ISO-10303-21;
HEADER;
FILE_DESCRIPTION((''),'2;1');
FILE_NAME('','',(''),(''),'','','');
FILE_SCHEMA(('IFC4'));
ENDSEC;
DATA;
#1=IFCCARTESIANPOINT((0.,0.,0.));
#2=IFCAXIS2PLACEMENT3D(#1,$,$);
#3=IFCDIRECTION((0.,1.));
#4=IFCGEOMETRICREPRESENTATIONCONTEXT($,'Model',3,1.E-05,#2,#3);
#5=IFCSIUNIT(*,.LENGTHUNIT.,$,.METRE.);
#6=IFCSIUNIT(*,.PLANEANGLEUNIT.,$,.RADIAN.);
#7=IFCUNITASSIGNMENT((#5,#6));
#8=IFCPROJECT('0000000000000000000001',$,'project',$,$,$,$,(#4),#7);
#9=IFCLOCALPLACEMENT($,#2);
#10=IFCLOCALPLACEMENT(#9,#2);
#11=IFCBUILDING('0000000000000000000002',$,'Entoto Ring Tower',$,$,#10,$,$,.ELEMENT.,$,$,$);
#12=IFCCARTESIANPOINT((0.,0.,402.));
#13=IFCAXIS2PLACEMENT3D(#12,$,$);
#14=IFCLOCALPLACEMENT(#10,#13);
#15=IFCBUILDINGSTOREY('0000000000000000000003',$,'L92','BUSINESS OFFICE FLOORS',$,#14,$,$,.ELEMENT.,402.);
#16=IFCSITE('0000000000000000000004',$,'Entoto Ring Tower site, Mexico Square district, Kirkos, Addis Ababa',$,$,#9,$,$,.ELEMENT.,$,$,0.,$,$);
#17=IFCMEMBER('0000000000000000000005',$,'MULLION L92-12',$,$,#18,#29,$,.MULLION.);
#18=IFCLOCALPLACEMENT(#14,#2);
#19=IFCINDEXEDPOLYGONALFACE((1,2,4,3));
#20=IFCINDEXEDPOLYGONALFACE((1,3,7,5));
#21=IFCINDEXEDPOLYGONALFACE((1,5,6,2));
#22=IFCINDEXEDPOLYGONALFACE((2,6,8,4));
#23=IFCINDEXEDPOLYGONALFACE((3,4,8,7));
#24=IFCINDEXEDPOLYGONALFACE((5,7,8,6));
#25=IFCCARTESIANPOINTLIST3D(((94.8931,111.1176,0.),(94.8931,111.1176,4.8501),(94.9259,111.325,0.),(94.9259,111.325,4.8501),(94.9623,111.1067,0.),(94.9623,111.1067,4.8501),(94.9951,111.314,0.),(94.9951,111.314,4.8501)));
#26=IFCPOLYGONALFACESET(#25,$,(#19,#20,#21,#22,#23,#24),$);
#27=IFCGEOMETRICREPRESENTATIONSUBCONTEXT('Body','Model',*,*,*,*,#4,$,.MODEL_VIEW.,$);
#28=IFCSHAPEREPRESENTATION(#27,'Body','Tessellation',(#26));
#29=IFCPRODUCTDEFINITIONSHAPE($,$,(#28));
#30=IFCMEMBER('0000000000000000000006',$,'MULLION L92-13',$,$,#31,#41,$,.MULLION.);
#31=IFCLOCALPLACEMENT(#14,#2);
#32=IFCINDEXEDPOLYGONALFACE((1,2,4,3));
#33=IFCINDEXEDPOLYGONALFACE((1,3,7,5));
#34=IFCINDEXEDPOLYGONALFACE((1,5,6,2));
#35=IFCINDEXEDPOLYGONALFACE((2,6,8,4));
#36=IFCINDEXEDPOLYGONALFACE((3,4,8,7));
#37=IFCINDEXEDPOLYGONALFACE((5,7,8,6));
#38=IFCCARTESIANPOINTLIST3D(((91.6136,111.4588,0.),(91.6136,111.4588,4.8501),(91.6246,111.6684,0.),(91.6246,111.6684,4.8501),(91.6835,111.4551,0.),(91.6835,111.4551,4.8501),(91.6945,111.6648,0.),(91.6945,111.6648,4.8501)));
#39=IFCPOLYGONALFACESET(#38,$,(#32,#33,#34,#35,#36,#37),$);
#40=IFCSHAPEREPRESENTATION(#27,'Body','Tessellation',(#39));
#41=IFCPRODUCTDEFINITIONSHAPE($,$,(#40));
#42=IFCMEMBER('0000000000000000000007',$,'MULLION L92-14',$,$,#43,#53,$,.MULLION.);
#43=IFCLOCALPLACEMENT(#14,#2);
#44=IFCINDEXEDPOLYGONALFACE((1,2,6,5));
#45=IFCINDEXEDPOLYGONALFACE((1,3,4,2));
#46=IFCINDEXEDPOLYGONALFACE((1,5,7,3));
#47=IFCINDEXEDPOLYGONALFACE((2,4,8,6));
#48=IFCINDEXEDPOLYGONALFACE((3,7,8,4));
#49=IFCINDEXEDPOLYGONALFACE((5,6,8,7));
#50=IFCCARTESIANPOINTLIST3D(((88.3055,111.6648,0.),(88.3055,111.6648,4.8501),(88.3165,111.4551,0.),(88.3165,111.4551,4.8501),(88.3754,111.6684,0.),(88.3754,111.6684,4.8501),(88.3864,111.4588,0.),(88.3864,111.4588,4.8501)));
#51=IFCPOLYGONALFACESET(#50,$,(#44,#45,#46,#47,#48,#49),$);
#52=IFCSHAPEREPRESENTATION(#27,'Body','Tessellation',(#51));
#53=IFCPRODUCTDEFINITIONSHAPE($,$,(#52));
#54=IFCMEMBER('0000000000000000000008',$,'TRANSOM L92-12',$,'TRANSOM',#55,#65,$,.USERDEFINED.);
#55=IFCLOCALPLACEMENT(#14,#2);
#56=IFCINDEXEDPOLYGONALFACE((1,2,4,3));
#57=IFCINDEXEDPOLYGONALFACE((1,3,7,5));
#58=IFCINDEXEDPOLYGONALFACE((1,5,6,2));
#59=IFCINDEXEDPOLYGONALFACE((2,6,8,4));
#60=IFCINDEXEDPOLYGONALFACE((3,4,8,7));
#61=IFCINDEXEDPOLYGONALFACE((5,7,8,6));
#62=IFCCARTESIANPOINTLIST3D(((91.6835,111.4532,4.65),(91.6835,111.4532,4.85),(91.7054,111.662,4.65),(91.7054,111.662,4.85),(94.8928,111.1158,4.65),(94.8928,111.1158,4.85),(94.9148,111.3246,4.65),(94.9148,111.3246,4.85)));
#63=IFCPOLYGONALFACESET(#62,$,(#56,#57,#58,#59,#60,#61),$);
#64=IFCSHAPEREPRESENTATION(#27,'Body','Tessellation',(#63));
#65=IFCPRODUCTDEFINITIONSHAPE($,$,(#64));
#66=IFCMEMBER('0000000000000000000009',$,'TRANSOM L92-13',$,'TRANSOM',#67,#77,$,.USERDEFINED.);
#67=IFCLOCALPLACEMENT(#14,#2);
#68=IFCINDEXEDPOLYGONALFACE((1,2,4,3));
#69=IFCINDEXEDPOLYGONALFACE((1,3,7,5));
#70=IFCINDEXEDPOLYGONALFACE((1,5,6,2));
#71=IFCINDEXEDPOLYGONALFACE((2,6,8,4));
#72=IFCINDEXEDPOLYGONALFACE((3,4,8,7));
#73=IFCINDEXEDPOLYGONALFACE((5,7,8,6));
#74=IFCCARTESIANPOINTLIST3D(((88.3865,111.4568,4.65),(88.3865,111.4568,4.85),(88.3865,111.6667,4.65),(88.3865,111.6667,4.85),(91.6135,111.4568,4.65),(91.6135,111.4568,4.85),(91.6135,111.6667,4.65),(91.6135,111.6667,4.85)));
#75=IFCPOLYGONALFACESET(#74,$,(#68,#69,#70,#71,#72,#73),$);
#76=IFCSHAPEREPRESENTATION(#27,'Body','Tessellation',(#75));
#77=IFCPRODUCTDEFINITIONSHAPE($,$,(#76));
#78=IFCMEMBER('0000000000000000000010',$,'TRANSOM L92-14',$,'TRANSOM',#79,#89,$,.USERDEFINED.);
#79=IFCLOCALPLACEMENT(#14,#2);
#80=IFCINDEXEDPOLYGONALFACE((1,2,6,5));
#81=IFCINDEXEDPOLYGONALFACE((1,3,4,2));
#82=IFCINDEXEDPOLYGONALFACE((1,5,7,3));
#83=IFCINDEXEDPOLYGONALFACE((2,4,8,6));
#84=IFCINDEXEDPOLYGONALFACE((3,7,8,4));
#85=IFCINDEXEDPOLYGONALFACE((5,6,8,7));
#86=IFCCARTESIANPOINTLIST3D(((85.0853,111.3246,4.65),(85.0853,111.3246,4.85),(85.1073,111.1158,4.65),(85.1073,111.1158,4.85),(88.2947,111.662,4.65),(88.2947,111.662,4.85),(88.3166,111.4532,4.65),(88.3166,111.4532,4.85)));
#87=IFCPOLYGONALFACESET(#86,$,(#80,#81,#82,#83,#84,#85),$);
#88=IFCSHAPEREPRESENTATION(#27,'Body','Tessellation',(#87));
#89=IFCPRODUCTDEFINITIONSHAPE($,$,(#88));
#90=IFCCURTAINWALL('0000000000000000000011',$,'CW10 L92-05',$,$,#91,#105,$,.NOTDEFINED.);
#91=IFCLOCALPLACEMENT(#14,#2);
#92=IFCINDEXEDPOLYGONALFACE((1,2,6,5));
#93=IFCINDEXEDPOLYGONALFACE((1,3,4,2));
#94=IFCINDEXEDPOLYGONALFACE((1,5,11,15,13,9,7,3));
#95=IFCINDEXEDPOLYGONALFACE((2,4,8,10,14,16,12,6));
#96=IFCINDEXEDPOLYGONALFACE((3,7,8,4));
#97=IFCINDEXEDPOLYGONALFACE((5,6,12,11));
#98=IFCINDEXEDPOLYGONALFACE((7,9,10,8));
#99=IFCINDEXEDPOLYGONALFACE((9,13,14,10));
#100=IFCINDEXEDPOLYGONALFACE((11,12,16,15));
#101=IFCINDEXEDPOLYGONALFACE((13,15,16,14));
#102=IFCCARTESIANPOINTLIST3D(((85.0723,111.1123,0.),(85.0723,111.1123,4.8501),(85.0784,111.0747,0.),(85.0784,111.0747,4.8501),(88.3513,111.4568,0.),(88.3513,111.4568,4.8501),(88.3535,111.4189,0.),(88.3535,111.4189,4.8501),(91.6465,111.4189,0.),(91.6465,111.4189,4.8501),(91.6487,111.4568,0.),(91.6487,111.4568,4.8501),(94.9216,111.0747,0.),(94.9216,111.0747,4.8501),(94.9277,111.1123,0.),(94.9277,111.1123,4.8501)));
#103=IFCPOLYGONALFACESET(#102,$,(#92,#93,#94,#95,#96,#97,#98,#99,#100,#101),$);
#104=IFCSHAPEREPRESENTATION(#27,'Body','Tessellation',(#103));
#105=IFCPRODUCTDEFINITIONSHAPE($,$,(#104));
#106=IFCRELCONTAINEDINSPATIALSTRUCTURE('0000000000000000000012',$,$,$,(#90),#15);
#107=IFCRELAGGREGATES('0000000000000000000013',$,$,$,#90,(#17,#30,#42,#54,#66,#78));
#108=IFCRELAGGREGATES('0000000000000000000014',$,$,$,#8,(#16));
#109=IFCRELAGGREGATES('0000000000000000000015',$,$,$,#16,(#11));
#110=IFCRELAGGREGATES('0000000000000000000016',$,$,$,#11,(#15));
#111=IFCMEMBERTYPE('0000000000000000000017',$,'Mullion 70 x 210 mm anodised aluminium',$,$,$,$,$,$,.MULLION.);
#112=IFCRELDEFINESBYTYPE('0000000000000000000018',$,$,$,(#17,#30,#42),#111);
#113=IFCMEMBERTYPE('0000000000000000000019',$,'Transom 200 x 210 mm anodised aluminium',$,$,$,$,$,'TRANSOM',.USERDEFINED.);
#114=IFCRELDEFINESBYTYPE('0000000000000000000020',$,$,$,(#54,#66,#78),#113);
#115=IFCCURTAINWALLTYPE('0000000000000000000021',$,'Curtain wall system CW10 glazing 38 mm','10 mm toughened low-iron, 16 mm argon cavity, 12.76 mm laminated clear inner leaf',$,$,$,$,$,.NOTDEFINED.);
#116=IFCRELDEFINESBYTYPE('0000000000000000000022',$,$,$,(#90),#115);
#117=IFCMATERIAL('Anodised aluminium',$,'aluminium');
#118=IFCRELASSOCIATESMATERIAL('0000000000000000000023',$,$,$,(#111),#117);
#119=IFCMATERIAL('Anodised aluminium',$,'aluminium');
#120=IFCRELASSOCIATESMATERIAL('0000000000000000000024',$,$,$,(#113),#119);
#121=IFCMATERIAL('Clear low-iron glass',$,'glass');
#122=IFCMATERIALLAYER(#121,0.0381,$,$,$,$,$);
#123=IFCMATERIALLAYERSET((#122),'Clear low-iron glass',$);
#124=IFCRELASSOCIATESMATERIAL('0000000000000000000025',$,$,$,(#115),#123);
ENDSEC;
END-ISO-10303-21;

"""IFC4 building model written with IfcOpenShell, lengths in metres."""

from ifc_helpers import new_model, si_unit, direction, frame, origin, origin_2d, place, context, subcontext, project, spatial, polyline, rectangle, outline, extrude, material, layer, layer_set, material_profile, profile_set, type_object, element, aggregate, save


model = new_model("IFC4")

# Units and contexts
model_context = context("Model", 3, precision=1e-05, world=origin(), true_north=direction((0.0, 1.0)))
body_context = subcontext(model_context, "Body", "Model", "MODEL_VIEW")
ifc_project = project(units=[si_unit("LENGTHUNIT", "METRE"), si_unit("PLANEANGLEUNIT", "RADIAN")], contexts=[model_context])

# Members
ifc_material_1 = material(Name="Anodised aluminium", Category="aluminium")
ifc_material_profile_1 = material_profile(ifc_material_1, rectangle(XDim=0.0701, YDim=0.21, at=origin_2d()), Name="Mullion 70 x 210 mm anodised aluminium")
ifc_profile_set_1 = profile_set([ifc_material_profile_1], Name="Anodised aluminium")
member_type_1 = type_object("IfcMemberType", Name="Mullion 70 x 210 mm anodised aluminium", PredefinedType="MULLION", material=ifc_profile_set_1)
site_placement = place(None, origin())
building_placement = place(site_placement, origin())
storey_placement = place(building_placement, frame((0.0, 0.0, 402.0)))
member_1_placement = place(storey_placement, frame((94.9441, 111.2158, 0.0), z_axis=(0.0, 0.0, 1.0), x_axis=(-0.987688, 0.156434, 0.0)))
member_1 = element("IfcMember", 1, at=member_1_placement, type_object=member_type_1, Name="MULLION L92-12", PredefinedType="MULLION", context=body_context, shape_type="SweptSolid", body=[
    extrude(rectangle(XDim=0.0701, YDim=0.21, at=origin_2d()), origin(), (0.0, 0.0, 1.0), 4.8501),
])
member_2_placement = place(storey_placement, frame((91.6541, 111.5618, 0.0), z_axis=(0.0, 0.0, 1.0), x_axis=(-0.99863, 0.052336, 0.0)))
member_2 = element("IfcMember", 2, at=member_2_placement, type_object=member_type_1, Name="MULLION L92-13", PredefinedType="MULLION", context=body_context, shape_type="SweptSolid", body=[
    extrude(rectangle(XDim=0.0701, YDim=0.21, at=origin_2d()), origin(), (0.0, 0.0, 1.0), 4.8501),
])
member_3_placement = place(storey_placement, frame((88.3459, 111.5618, 0.0), z_axis=(0.0, 0.0, 1.0), x_axis=(-0.99863, -0.052336, 0.0)))
member_3 = element("IfcMember", 3, at=member_3_placement, type_object=member_type_1, Name="MULLION L92-14", PredefinedType="MULLION", context=body_context, shape_type="SweptSolid", body=[
    extrude(rectangle(XDim=0.0701, YDim=0.21, at=origin_2d()), origin(), (0.0, 0.0, 1.0), 4.8501),
])
ifc_material_2 = material(Name="Anodised aluminium", Category="aluminium")
ifc_material_profile_2 = material_profile(ifc_material_2, rectangle(XDim=0.21, YDim=0.2, at=origin_2d()), Name="Transom 200 x 210 mm anodised aluminium")
ifc_profile_set_2 = profile_set([ifc_material_profile_2], Name="Anodised aluminium")
member_type_2 = type_object("IfcMemberType", Name="Transom 200 x 210 mm anodised aluminium", ElementType="TRANSOM", PredefinedType="USERDEFINED", material=ifc_profile_set_2)
member_4_placement = place(storey_placement, frame((94.9038, 111.2202, 4.75), z_axis=(-0.99452, 0.104551, 0.0), x_axis=(-0.104551, -0.99452, 0.0)))
member_4 = element("IfcMember", 4, at=member_4_placement, type_object=member_type_2, Name="TRANSOM L92-12", ObjectType="TRANSOM", PredefinedType="USERDEFINED", context=body_context, shape_type="SweptSolid", body=[
    extrude(rectangle(XDim=0.21, YDim=0.2, at=origin_2d()), origin(), (0.0, 0.0, 1.0), 3.2271),
])
member_5_placement = place(storey_placement, frame((91.6135, 111.5618, 4.75), z_axis=(-1.0, 0.0, 0.0), x_axis=(0.0, -1.0, 0.0)))
member_5 = element("IfcMember", 5, at=member_5_placement, type_object=member_type_2, Name="TRANSOM L92-13", ObjectType="TRANSOM", PredefinedType="USERDEFINED", context=body_context, shape_type="SweptSolid", body=[
    extrude(rectangle(XDim=0.21, YDim=0.2, at=origin_2d()), origin(), (0.0, 0.0, 1.0), 3.2271),
])
member_6_placement = place(storey_placement, frame((88.3057, 111.5576, 4.75), z_axis=(-0.99452, -0.104551, 0.0), x_axis=(0.104551, -0.99452, 0.0)))
member_6 = element("IfcMember", 6, at=member_6_placement, type_object=member_type_2, Name="TRANSOM L92-14", ObjectType="TRANSOM", PredefinedType="USERDEFINED", context=body_context, shape_type="SweptSolid", body=[
    extrude(rectangle(XDim=0.21, YDim=0.2, at=origin_2d()), origin(), (0.0, 0.0, 1.0), 3.2271),
])

# Site, building, storey
site = spatial("IfcSite", under=ifc_project, at=site_placement, Name="Entoto Ring Tower site, Mexico Square district, Kirkos, Addis Ababa", CompositionType="ELEMENT", RefElevation=0.0)
building = spatial("IfcBuilding", under=site, at=building_placement, Name="Entoto Ring Tower", CompositionType="ELEMENT")
storey = spatial("IfcBuildingStorey", under=building, at=storey_placement, Name="L92", Description="BUSINESS OFFICE FLOORS", CompositionType="ELEMENT", Elevation=402.0)

# Curtain wall
ifc_material_3 = material(Name="Clear low-iron glass", Category="glass")
ifc_layer = layer(ifc_material_3, 0.0381)
ifc_layer_set = layer_set([ifc_layer], Name="Clear low-iron glass")
curtain_wall_type = type_object("IfcCurtainWallType", Name="Curtain wall system CW10 glazing 38 mm", Description="10 mm toughened low-iron, 16 mm argon cavity, 12.76 mm laminated clear inner leaf", PredefinedType="NOTDEFINED", material=ifc_layer_set)
curtain_wall_1_placement = place(storey_placement, origin())
curtain_wall_1 = element("IfcCurtainWall", 7, at=curtain_wall_1_placement, inside=storey, type_object=curtain_wall_type, Name="CW10 L92-05", PredefinedType="NOTDEFINED", context=body_context, shape_type="SweptSolid", body=[
    extrude(outline(polyline([(94.9277, 111.1123), (91.6487, 111.4568), (88.3513, 111.4568), (85.0723, 111.1123), (85.0784, 111.0747), (88.3535, 111.4189), (91.6465, 111.4189), (94.9216, 111.0747), (94.9277, 111.1123)])), origin(), (0.0, 0.0, 1.0), 4.8501),
])
aggregate(curtain_wall_1, [member_1, member_2, member_3, member_4, member_5, member_6])

save(model, "model.ifc")
